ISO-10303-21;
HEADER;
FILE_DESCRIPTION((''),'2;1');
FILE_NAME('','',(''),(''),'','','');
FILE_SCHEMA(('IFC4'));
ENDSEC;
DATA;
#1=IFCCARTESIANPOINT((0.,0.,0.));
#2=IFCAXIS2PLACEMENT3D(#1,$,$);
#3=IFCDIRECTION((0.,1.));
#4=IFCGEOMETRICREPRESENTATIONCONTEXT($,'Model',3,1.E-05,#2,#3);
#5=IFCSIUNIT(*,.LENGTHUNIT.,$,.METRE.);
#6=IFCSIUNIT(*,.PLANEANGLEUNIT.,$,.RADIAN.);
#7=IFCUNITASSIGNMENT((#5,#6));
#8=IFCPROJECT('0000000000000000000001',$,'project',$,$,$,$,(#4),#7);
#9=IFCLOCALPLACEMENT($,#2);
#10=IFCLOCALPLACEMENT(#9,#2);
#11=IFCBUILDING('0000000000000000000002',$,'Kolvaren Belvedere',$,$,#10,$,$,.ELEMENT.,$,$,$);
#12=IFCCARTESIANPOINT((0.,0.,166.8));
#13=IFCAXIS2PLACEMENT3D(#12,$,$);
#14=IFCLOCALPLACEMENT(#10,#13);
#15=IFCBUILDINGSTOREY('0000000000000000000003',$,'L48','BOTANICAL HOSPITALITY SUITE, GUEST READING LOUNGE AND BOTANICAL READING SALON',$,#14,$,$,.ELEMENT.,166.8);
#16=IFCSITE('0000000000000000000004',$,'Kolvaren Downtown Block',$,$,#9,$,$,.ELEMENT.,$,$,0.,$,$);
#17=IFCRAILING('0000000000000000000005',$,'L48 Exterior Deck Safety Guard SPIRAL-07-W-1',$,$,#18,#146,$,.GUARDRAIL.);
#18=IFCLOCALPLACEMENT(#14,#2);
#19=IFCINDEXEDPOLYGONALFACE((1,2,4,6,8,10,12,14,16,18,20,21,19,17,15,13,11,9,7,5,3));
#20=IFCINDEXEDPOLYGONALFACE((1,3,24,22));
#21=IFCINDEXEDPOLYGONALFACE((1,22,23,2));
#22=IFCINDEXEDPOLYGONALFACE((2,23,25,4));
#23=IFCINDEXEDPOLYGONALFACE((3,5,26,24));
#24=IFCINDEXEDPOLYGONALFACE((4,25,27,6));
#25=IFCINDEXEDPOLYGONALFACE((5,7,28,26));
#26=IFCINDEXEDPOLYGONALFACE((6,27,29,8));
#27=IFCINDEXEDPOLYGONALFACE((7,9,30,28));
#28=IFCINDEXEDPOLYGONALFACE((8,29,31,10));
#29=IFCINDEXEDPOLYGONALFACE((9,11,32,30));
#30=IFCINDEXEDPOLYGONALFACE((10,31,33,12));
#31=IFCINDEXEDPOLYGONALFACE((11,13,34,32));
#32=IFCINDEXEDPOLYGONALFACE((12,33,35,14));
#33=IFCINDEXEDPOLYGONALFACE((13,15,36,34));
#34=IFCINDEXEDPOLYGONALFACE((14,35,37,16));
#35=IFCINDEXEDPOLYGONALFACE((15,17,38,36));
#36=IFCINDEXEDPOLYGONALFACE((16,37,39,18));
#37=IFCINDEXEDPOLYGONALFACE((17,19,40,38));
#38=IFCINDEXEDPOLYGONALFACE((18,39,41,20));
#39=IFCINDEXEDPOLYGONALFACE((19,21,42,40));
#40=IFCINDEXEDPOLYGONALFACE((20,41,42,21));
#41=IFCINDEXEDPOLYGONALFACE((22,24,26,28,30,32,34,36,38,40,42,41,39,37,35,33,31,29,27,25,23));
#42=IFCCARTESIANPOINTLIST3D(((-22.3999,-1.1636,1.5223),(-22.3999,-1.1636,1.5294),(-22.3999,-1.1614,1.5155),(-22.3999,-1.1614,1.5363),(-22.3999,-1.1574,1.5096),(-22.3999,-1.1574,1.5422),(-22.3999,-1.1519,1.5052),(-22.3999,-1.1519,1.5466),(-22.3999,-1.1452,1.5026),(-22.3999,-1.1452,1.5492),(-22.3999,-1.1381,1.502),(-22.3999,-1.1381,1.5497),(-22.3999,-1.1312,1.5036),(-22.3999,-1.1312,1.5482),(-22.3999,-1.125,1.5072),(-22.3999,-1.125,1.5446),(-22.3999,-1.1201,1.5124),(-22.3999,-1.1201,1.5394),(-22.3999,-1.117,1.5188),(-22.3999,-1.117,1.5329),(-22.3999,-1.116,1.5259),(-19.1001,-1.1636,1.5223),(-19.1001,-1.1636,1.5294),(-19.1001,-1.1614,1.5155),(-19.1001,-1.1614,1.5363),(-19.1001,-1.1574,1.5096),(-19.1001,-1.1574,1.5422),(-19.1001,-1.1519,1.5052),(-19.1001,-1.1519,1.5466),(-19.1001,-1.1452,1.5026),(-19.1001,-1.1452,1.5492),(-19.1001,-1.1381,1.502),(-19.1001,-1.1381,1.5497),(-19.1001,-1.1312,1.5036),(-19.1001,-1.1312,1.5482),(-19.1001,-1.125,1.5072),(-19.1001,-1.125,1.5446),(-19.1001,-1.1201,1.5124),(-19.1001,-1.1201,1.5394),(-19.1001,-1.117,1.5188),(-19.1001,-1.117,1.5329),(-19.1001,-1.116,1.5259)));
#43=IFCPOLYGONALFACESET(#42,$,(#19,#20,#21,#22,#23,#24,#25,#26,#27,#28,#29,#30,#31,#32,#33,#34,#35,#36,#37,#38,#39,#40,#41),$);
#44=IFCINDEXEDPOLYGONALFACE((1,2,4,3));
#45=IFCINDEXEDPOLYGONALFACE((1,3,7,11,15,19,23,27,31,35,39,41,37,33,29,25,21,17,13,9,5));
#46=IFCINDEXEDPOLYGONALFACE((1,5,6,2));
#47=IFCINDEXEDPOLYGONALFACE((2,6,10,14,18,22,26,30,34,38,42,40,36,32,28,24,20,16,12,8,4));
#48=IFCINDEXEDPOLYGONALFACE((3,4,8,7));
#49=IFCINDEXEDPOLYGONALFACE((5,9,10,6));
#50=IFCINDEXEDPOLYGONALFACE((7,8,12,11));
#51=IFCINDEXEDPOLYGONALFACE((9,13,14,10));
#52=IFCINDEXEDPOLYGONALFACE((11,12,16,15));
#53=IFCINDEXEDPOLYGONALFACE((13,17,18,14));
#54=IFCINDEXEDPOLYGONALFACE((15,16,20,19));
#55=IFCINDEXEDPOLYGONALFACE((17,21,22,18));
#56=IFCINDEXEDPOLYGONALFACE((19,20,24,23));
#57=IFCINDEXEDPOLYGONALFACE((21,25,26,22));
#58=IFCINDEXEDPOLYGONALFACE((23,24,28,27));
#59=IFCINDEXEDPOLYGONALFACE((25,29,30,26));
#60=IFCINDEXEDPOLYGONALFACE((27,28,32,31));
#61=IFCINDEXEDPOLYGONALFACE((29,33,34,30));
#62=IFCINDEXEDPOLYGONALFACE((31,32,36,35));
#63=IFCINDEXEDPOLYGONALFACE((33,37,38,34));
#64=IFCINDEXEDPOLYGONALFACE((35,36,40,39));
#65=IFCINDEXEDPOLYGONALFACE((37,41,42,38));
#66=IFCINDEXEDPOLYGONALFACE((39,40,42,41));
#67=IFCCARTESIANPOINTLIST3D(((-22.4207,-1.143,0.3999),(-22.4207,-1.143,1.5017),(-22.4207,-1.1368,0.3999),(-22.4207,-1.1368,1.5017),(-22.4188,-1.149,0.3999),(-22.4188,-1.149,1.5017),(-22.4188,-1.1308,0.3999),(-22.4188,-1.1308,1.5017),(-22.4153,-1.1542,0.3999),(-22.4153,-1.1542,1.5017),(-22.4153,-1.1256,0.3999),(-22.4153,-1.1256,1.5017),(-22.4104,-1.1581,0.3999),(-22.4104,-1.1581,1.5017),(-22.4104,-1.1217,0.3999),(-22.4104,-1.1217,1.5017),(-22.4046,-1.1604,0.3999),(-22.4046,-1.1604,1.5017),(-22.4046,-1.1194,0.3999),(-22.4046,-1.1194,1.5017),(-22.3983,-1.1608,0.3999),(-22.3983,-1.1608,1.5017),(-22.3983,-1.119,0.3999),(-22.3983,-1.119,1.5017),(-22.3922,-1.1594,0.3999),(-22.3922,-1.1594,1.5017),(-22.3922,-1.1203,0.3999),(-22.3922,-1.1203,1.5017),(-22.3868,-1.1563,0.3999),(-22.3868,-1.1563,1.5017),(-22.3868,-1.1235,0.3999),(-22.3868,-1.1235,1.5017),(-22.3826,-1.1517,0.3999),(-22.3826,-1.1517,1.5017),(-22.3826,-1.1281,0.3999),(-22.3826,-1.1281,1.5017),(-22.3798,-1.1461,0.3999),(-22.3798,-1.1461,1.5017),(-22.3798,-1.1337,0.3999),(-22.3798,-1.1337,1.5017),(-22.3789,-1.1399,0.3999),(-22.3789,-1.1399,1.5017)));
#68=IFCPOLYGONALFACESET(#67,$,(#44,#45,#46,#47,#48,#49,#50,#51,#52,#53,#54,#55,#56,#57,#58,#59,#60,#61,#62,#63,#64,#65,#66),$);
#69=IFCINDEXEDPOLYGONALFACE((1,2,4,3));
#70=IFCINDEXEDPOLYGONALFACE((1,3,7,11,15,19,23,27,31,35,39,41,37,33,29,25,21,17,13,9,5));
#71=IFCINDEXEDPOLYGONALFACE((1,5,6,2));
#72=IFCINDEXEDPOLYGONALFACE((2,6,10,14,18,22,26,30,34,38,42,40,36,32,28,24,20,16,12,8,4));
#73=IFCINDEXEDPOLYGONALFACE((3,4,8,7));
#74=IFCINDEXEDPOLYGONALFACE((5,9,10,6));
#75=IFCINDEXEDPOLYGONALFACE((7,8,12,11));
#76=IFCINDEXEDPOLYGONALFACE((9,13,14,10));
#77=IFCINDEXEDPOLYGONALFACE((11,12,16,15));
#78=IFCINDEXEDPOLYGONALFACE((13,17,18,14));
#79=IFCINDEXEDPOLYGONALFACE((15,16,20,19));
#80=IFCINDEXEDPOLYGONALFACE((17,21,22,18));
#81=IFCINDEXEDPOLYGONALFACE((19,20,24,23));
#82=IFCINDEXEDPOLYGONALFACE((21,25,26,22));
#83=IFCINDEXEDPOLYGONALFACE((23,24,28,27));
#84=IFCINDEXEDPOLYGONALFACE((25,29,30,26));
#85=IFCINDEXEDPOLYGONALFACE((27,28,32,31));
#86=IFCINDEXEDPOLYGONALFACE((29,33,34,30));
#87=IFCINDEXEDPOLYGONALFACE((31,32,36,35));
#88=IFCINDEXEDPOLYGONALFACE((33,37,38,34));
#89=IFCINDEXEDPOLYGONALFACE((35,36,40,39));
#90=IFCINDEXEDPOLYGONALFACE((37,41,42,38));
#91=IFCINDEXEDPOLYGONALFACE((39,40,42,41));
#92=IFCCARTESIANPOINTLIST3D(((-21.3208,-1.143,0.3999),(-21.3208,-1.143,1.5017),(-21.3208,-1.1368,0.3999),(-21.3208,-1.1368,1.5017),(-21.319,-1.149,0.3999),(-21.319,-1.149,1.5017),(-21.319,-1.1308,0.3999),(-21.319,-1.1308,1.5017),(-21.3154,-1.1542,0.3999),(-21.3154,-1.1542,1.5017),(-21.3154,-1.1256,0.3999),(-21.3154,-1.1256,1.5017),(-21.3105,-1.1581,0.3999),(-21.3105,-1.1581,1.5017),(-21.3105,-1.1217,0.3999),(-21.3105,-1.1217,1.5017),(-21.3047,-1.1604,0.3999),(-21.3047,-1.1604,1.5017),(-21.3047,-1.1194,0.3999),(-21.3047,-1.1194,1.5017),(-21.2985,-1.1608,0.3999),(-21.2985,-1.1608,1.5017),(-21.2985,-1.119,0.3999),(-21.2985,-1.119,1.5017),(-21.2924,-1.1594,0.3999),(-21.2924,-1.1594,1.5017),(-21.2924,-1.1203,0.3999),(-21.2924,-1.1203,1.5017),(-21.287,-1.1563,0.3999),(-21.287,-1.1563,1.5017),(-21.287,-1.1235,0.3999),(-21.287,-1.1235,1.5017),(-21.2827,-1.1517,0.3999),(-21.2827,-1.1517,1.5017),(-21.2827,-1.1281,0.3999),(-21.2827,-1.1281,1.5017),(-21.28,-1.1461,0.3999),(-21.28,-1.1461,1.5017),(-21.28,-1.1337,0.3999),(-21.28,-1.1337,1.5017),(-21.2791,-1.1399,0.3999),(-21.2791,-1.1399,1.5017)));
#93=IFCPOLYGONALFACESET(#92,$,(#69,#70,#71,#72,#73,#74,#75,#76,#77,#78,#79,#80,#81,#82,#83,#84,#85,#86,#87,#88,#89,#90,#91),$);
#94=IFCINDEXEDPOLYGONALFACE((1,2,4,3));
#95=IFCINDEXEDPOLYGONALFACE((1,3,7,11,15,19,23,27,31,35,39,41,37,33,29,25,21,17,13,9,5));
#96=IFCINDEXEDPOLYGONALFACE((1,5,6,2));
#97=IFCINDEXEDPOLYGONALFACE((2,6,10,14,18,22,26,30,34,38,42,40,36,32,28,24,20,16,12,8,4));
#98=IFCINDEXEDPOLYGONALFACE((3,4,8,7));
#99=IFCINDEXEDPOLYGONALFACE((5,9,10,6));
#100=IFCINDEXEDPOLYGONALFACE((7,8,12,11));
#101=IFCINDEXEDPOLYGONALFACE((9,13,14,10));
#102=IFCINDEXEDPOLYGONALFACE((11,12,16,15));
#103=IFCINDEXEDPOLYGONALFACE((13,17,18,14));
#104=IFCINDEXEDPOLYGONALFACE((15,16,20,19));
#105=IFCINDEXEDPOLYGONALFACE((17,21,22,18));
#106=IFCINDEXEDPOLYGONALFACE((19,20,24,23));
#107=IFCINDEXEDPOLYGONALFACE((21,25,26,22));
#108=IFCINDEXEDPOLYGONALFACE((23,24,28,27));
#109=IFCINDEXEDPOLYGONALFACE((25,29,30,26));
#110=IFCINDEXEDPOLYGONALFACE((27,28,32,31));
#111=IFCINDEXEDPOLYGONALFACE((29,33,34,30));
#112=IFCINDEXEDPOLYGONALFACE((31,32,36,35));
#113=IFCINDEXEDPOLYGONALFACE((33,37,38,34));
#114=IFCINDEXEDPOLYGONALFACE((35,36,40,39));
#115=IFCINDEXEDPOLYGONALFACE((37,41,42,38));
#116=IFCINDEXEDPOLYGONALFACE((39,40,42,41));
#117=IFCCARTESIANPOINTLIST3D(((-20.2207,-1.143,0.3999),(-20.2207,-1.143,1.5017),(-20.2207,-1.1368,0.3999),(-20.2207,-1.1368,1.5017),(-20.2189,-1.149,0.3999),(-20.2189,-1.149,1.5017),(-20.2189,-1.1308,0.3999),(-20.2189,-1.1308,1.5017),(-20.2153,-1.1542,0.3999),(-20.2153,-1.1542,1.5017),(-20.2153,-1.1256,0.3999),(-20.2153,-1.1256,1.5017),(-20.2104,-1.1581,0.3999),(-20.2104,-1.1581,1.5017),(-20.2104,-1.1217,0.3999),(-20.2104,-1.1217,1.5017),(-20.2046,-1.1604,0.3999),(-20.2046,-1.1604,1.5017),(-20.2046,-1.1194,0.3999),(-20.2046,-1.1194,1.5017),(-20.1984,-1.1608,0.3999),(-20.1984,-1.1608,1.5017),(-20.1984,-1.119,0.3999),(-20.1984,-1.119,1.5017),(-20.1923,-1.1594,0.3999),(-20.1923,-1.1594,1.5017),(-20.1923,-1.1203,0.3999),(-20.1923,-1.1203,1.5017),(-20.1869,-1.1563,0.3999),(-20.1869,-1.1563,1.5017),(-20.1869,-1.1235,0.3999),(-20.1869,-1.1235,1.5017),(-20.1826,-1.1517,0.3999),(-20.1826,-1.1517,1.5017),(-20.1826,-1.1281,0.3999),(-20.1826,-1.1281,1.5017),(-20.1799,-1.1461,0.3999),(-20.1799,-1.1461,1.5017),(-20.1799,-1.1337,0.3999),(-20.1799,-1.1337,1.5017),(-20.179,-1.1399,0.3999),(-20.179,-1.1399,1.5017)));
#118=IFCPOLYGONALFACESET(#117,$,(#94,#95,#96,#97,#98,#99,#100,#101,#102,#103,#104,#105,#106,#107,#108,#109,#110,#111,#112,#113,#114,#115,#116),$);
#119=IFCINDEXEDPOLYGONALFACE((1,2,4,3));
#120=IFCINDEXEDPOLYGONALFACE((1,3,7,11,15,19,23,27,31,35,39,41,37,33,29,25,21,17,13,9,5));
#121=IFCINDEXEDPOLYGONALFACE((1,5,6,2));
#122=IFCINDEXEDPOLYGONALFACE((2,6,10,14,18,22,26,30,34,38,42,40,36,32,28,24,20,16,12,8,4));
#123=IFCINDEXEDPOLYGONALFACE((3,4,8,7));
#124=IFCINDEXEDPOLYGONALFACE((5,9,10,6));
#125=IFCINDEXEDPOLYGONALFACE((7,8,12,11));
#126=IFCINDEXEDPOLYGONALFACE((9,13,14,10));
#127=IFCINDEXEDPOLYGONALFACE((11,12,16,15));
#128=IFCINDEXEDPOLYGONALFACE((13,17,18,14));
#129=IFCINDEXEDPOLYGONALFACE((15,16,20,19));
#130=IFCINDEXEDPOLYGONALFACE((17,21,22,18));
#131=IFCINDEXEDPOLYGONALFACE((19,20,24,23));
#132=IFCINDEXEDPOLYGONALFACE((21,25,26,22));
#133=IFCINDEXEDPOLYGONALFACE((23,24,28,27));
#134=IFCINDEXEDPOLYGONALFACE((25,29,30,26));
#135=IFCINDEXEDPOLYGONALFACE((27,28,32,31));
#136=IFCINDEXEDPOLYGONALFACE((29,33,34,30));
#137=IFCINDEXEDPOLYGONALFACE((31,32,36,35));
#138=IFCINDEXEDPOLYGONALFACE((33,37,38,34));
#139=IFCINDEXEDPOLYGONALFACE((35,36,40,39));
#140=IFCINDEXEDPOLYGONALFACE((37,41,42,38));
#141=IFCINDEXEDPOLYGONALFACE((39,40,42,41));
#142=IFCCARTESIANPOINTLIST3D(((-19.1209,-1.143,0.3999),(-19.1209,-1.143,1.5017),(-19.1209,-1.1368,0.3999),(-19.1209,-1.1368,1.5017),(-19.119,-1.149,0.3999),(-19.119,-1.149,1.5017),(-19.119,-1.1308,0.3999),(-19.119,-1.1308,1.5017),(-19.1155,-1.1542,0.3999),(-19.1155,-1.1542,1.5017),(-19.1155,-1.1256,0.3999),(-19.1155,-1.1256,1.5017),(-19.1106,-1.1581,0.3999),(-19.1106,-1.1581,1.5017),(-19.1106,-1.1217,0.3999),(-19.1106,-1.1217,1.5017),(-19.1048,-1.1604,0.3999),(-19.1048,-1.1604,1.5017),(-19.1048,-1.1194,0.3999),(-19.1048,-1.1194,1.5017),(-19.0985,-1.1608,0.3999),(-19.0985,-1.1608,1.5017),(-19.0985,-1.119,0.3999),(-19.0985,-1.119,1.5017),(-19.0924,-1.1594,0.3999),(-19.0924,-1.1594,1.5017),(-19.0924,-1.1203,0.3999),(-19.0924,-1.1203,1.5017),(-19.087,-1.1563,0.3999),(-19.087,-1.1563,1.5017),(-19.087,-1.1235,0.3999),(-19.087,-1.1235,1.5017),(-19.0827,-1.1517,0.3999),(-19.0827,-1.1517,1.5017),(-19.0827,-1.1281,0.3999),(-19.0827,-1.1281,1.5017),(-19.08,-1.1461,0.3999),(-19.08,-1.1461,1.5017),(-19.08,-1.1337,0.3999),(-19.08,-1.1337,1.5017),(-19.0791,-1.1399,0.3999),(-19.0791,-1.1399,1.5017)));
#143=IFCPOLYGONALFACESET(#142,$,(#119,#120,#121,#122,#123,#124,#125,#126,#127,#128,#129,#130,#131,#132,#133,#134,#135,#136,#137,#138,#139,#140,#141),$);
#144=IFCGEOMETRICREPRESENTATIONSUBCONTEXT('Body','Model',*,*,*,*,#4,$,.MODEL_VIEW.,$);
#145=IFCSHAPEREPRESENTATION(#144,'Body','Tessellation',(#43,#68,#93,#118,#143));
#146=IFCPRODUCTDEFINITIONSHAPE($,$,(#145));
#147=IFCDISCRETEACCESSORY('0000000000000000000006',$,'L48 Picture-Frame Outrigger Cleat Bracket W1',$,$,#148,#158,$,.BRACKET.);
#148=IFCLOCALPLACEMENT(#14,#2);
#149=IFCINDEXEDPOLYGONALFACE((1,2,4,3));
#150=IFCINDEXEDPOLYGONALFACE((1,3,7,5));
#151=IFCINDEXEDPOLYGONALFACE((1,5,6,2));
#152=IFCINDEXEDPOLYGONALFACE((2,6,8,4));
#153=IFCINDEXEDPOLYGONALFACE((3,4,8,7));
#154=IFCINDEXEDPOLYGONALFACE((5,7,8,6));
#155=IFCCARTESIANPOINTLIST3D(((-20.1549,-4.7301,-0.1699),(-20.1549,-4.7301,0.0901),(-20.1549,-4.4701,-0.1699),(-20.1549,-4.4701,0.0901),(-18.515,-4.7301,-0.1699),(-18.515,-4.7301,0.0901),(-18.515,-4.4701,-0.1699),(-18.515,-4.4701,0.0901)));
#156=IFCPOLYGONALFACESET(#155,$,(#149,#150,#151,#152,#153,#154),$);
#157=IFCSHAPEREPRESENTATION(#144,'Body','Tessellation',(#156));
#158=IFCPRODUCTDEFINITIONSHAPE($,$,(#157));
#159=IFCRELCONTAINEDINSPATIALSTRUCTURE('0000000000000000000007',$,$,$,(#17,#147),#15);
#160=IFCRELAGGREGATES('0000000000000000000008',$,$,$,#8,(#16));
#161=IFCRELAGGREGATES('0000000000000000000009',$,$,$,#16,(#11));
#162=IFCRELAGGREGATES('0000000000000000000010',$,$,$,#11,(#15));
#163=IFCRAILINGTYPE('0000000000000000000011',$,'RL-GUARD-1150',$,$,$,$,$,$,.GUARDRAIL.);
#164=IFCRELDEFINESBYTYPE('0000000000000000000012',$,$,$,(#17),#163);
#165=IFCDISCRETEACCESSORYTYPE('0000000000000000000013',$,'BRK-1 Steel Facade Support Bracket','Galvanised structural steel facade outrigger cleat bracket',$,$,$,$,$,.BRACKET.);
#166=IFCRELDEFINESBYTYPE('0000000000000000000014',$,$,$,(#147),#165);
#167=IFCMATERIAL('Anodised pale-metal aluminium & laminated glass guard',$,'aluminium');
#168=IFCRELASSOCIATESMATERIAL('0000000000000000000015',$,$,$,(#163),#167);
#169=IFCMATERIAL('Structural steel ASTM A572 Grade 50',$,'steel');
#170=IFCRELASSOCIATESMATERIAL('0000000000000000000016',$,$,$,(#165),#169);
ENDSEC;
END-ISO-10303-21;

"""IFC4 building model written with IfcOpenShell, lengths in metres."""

from ifc_helpers import new_model, si_unit, direction, frame, origin, origin_2d, place, context, subcontext, project, spatial, rectangle, circle, extrude, material, type_object, element, save


model = new_model("IFC4")

# Units and contexts
model_context = context("Model", 3, precision=1e-05, world=origin(), true_north=direction((0.0, 1.0)))
body_context = subcontext(model_context, "Body", "Model", "MODEL_VIEW")
ifc_project = project(units=[si_unit("LENGTHUNIT", "METRE"), si_unit("PLANEANGLEUNIT", "RADIAN")], contexts=[model_context])

# Site, building, storey
site_placement = place(None, origin())
site = spatial("IfcSite", under=ifc_project, at=site_placement, Name="Kolvaren Downtown Block", CompositionType="ELEMENT", RefElevation=0.0)
building_placement = place(site_placement, origin())
building = spatial("IfcBuilding", under=site, at=building_placement, Name="Kolvaren Belvedere", CompositionType="ELEMENT")
storey_placement = place(building_placement, frame((0.0, 0.0, 166.8)))
storey = spatial("IfcBuildingStorey", under=building, at=storey_placement, Name="L48", Description="BOTANICAL HOSPITALITY SUITE, GUEST READING LOUNGE AND BOTANICAL READING SALON", CompositionType="ELEMENT", Elevation=166.8)

# Railing
ifc_material_1 = material(Name="Anodised pale-metal aluminium & laminated glass guard", Category="aluminium")
railing_type = type_object("IfcRailingType", Name="RL-GUARD-1150", PredefinedType="GUARDRAIL", material=ifc_material_1)
railing_placement = place(storey_placement, frame((-22.3999, -1.1399, 0.3999)))
element("IfcRailing", 1, at=railing_placement, inside=storey, type_object=railing_type, Name="L48 Exterior Deck Safety Guard SPIRAL-07-W-1", PredefinedType="GUARDRAIL", context=body_context, shape_type="SweptSolid", body=[
    extrude(circle(Radius=0.0239, at=origin_2d()), frame((0.0, 0.0, 1.126), z_axis=(1.0, 0.0, 0.0), x_axis=(0.0, 1.0, 0.0)), (0.0, 0.0, 1.0), 3.2998),
    extrude(circle(Radius=0.021, at=origin_2d()), origin(), (0.0, 0.0, 1.0), 1.1018),
    extrude(circle(Radius=0.021, at=origin_2d()), frame((1.0999, 0.0, 0.0)), (0.0, 0.0, 1.0), 1.1018),
    extrude(circle(Radius=0.021, at=origin_2d()), frame((2.2, 0.0, 0.0)), (0.0, 0.0, 1.0), 1.1018),
    extrude(circle(Radius=0.021, at=origin_2d()), frame((3.2998, 0.0, 0.0)), (0.0, 0.0, 1.0), 1.1018),
])

# Discrete accessory
ifc_material_2 = material(Name="Structural steel ASTM A572 Grade 50", Category="steel")
discrete_accessory_type = type_object("IfcDiscreteAccessoryType", Name="BRK-1 Steel Facade Support Bracket", Description="Galvanised structural steel facade outrigger cleat bracket", PredefinedType="BRACKET", material=ifc_material_2)
discrete_accessory_placement = place(storey_placement, frame((-19.335, -4.6001, -0.1699), z_axis=(0.0, 0.0, 1.0), x_axis=(1.0, 0.0, 0.0)))
element("IfcDiscreteAccessory", 2, at=discrete_accessory_placement, inside=storey, type_object=discrete_accessory_type, Name="L48 Picture-Frame Outrigger Cleat Bracket W1", PredefinedType="BRACKET", context=body_context, shape_type="SweptSolid", body=[
    extrude(rectangle(XDim=1.6399, YDim=0.26, at=origin_2d()), origin(), (0.0, 0.0, 1.0), 0.26),
])

save(model, "model.ifc")
